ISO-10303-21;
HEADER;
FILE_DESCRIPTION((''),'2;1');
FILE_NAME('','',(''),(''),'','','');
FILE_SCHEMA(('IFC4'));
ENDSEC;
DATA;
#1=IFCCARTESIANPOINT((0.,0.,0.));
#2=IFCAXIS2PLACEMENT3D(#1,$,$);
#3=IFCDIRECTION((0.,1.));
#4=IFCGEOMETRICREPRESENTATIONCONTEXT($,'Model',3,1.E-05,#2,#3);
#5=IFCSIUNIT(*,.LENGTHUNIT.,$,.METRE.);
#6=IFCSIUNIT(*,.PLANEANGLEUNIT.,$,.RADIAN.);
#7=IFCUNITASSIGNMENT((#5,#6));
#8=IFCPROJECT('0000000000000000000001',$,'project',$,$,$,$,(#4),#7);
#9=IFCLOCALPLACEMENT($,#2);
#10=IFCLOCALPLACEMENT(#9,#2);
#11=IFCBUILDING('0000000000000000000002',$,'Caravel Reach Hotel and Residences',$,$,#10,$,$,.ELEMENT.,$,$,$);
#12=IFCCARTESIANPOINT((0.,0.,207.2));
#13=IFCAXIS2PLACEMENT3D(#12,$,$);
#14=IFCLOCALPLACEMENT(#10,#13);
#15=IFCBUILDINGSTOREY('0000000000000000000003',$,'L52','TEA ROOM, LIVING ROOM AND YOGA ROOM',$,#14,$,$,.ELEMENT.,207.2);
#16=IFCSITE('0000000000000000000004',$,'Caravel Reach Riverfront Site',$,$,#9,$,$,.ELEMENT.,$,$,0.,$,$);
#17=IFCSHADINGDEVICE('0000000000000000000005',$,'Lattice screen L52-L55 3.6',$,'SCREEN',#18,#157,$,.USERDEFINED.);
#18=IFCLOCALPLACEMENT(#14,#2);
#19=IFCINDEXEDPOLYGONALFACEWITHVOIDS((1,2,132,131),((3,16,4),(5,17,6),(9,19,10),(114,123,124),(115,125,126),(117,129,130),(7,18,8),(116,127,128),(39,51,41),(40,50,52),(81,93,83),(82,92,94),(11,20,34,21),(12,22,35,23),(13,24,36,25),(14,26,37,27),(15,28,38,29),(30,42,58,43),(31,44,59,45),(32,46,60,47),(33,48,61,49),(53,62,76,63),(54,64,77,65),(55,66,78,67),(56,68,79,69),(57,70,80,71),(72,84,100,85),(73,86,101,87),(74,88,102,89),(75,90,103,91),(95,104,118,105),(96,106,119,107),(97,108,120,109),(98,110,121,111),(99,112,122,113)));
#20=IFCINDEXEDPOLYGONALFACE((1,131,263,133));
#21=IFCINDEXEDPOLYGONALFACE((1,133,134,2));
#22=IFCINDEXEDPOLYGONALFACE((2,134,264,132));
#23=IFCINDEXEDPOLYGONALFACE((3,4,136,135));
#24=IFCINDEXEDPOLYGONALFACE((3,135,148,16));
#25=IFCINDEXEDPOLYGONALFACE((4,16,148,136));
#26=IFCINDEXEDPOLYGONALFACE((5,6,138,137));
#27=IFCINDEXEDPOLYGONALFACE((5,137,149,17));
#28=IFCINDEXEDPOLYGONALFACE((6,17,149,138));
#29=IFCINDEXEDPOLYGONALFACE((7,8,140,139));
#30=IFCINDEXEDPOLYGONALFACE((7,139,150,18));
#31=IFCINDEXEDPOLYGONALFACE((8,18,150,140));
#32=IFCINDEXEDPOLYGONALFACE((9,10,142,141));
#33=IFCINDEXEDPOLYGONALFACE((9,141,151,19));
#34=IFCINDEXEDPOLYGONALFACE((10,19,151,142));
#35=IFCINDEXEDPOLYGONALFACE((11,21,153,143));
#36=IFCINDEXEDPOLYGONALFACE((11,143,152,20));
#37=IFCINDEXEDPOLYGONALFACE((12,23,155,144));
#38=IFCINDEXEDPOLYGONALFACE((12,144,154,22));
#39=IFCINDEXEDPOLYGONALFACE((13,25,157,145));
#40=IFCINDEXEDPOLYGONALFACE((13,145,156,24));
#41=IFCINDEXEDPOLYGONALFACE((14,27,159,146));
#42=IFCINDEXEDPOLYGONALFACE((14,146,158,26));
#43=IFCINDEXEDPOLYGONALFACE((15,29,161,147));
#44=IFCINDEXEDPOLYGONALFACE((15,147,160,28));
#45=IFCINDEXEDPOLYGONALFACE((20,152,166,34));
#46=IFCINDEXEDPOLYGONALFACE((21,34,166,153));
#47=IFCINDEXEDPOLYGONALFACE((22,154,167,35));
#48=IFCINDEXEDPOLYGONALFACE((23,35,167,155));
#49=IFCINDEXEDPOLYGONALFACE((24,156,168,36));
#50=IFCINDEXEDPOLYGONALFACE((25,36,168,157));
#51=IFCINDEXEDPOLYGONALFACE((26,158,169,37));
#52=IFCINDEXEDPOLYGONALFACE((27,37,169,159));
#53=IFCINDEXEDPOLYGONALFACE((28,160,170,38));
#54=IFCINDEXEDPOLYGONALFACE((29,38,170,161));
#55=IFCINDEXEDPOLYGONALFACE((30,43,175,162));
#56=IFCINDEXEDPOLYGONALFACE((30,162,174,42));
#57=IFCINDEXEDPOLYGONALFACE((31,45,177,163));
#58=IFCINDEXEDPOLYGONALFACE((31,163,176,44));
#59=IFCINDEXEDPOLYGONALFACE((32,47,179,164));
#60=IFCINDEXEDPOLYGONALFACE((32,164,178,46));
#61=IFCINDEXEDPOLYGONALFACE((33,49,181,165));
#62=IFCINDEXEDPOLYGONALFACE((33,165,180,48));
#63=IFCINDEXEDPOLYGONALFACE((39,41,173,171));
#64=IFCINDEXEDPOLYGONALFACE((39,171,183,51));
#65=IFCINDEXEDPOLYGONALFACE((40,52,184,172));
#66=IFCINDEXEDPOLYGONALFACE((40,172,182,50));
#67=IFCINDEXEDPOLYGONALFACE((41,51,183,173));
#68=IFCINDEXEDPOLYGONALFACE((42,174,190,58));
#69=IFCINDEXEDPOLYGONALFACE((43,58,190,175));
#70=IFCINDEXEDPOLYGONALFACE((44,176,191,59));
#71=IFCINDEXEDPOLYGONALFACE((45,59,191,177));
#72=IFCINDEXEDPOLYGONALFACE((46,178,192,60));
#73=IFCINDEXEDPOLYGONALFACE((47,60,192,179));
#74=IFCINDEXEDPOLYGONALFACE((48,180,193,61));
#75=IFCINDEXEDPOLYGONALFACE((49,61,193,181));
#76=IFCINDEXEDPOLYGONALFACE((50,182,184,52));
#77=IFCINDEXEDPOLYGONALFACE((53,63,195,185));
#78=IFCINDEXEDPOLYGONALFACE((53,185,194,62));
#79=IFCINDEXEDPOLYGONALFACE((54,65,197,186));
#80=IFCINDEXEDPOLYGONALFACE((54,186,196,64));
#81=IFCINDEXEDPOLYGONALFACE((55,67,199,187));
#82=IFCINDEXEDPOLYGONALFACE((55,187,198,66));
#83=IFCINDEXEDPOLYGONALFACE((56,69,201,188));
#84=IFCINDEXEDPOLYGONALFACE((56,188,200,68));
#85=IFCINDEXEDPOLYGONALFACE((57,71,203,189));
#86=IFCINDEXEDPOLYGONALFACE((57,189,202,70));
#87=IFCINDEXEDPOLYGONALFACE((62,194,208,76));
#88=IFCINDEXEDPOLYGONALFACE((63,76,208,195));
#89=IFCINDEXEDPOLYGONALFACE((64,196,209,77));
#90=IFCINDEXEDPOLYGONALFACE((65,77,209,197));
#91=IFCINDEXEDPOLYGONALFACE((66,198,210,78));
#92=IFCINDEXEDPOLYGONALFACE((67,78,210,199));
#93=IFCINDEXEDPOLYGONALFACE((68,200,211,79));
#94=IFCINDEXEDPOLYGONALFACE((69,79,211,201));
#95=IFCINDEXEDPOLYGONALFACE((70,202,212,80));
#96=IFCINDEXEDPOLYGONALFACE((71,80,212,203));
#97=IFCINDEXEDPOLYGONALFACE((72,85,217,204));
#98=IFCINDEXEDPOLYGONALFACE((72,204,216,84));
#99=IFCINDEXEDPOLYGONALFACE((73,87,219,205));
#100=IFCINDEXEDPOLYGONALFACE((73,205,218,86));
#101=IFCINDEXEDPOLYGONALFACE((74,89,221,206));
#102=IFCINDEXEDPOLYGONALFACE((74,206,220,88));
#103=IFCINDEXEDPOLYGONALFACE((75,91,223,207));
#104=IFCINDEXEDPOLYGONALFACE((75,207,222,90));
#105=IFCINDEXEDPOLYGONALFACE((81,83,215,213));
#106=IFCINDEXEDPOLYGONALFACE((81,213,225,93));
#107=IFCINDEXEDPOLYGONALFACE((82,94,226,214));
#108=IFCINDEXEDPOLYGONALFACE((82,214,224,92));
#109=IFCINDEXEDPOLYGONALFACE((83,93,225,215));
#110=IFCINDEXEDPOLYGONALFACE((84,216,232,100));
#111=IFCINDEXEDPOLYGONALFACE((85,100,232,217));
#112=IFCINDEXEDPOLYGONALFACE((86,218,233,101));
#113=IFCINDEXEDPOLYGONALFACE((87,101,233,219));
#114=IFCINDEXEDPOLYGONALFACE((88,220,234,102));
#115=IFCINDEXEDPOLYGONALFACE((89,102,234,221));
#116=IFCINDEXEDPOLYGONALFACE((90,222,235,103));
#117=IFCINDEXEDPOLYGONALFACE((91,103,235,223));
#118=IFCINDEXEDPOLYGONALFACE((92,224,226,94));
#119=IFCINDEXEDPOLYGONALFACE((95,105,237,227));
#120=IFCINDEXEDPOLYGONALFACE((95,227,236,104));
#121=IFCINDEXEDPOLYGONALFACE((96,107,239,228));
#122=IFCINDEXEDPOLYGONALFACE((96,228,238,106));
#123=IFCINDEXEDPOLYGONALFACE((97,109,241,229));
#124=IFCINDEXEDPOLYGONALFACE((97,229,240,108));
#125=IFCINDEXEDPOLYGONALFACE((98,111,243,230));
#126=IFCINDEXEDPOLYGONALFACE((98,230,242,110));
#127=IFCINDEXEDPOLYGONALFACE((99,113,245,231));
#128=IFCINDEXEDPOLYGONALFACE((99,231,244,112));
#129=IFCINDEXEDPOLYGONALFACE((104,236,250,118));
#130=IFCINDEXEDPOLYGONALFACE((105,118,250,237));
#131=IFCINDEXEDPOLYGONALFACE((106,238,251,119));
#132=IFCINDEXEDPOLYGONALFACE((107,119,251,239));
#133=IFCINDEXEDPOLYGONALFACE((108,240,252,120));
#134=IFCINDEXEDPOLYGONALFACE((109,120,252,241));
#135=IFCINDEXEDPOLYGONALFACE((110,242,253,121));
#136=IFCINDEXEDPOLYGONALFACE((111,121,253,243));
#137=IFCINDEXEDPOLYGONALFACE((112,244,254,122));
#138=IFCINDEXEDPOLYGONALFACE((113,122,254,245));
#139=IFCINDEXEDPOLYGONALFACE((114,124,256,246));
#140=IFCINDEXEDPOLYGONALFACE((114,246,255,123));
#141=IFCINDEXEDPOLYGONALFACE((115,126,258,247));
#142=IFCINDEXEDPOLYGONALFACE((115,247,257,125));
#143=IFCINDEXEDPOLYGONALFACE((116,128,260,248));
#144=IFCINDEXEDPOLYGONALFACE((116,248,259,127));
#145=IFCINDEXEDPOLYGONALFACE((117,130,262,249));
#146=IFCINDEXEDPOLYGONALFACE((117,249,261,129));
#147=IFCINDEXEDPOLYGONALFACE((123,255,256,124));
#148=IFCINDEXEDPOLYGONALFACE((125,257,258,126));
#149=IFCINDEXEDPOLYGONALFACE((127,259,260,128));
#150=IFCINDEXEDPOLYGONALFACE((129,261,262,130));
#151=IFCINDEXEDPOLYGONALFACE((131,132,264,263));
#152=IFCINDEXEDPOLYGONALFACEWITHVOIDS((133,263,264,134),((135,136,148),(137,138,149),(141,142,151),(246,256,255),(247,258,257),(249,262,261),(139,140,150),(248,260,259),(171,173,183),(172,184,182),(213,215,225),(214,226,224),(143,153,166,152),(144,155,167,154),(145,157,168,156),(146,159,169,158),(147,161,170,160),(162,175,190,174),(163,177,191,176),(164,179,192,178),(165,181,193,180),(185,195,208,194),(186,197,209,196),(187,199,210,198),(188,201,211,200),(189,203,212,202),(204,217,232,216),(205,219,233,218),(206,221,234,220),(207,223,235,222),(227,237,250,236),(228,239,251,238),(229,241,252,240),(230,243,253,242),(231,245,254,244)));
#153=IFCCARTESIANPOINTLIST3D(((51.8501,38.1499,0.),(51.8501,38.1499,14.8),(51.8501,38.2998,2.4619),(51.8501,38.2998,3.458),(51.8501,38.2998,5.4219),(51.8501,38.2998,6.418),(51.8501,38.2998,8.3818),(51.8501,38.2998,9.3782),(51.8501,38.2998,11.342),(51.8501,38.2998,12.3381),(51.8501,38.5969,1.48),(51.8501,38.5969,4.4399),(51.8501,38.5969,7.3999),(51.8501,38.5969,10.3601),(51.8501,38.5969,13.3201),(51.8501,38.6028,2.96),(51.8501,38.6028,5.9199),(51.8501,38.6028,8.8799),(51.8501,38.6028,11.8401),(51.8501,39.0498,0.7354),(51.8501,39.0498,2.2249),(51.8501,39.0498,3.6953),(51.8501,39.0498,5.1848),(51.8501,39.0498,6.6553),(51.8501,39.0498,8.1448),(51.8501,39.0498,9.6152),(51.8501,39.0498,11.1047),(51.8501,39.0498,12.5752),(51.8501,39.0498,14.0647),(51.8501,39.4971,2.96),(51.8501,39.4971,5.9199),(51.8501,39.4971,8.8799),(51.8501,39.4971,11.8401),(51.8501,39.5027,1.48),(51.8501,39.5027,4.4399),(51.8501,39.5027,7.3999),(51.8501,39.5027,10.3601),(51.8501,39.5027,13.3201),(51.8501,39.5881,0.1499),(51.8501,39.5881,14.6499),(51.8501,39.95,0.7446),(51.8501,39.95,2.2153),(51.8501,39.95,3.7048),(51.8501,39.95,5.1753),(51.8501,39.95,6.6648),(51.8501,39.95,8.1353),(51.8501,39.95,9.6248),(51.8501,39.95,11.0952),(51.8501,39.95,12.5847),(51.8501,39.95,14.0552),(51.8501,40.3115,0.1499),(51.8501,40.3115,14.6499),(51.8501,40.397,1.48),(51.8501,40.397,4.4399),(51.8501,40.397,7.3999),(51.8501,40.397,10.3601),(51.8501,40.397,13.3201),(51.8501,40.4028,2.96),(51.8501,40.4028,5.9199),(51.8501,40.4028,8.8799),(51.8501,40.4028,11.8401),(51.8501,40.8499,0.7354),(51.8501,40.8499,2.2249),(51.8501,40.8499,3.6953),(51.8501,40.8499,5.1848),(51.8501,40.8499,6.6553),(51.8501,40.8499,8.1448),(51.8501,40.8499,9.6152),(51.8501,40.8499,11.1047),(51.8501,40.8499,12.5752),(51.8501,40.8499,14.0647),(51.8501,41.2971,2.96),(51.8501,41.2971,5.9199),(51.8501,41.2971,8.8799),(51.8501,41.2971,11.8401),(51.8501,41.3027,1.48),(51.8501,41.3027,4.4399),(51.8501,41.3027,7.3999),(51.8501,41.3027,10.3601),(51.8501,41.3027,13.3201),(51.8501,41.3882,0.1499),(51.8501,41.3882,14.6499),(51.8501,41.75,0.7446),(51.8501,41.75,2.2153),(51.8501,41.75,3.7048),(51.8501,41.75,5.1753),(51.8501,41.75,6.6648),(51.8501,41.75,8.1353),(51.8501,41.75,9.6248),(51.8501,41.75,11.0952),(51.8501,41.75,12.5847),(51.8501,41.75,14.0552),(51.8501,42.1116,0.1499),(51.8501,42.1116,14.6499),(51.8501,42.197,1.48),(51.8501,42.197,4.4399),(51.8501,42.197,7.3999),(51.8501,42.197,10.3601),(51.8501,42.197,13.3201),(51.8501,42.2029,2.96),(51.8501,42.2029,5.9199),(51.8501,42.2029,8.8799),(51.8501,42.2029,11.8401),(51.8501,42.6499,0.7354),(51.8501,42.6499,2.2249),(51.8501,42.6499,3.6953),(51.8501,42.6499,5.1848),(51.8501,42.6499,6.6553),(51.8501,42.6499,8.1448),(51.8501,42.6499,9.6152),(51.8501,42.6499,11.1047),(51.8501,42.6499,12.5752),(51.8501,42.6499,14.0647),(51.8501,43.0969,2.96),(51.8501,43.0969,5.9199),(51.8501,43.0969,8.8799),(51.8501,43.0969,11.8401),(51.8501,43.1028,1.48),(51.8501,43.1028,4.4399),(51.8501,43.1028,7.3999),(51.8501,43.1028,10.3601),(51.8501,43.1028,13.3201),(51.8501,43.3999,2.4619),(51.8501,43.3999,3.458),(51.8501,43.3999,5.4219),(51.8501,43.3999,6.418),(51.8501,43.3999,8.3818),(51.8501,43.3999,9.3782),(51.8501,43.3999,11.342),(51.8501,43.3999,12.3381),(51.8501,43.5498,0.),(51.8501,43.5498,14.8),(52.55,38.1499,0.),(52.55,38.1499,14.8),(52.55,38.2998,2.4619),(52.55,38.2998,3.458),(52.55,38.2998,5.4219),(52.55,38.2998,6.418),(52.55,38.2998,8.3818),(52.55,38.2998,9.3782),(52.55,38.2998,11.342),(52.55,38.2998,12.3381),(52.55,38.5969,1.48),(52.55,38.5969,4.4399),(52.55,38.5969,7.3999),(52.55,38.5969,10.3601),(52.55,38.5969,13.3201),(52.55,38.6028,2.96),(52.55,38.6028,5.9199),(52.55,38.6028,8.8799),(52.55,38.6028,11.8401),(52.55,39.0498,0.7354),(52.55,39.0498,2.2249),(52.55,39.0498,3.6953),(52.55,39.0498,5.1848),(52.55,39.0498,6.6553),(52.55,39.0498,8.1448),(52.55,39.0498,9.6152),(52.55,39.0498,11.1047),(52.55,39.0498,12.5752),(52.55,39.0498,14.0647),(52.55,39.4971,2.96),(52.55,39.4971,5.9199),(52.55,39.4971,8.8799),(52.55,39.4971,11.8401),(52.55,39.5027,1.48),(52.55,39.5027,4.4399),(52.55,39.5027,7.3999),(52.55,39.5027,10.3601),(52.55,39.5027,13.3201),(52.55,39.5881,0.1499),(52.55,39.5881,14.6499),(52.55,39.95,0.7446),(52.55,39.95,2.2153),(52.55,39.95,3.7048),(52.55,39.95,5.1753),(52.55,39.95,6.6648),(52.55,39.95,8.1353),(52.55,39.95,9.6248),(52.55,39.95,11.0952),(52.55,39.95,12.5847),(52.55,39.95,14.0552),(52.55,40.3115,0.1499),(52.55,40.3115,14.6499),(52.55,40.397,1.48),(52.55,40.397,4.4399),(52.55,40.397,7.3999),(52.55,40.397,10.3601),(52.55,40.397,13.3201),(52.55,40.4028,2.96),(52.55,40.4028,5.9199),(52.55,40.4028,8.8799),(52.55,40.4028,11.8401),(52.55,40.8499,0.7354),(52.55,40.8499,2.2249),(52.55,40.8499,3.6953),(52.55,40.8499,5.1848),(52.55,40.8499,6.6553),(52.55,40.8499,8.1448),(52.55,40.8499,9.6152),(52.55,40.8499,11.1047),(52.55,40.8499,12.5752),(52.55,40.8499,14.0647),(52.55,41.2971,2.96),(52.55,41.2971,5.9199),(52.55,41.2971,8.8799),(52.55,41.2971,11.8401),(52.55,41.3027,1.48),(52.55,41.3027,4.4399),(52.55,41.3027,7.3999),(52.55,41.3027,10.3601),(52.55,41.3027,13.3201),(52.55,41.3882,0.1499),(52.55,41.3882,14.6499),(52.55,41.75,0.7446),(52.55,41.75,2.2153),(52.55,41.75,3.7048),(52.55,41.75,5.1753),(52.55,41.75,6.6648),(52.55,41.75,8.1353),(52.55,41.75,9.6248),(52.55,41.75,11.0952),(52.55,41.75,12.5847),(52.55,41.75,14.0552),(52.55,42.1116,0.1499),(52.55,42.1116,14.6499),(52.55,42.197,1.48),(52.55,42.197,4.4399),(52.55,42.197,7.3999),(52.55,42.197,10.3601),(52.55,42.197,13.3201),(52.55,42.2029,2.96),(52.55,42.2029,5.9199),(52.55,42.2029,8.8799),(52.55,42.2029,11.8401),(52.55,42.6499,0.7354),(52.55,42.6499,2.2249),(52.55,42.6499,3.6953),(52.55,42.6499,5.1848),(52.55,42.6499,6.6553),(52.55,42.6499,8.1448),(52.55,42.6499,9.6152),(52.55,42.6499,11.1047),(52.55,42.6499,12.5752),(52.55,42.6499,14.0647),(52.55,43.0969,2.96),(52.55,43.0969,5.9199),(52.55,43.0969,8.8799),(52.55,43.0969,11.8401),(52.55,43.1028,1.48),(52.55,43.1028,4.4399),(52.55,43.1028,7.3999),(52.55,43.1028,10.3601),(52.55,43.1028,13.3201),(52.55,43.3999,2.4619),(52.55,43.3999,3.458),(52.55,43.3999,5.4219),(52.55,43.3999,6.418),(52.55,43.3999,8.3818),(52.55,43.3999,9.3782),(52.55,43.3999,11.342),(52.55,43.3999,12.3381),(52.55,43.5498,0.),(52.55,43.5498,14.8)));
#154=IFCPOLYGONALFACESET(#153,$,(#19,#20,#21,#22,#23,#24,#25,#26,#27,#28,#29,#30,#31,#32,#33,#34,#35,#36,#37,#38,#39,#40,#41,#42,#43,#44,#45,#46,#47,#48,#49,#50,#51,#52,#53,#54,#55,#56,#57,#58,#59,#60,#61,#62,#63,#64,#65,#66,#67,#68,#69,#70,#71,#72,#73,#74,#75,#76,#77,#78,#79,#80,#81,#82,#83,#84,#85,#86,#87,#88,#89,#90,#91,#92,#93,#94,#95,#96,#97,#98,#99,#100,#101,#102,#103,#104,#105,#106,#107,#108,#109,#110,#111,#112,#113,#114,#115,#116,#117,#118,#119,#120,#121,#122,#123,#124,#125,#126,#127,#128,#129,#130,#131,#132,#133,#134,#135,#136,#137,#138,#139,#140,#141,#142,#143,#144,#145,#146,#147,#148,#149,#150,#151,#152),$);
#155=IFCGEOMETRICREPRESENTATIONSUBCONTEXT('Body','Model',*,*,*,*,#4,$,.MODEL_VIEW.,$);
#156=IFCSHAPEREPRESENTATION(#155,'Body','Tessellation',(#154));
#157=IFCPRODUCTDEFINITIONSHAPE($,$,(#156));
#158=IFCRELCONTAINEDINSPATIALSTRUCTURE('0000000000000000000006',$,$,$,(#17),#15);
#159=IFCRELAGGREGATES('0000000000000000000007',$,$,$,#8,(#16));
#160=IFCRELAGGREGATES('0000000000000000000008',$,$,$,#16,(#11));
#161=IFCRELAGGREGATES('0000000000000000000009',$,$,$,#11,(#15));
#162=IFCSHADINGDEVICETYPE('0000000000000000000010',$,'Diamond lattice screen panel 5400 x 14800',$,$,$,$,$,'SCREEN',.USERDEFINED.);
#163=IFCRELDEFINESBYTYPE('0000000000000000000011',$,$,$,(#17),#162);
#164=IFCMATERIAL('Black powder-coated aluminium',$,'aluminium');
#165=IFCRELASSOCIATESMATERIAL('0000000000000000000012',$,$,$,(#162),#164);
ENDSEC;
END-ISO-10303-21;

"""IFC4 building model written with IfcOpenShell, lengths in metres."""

from ifc_helpers import new_model, si_unit, direction, frame, origin, place, context, subcontext, project, spatial, polyline, outline, extrude, material, type_object, element, save


model = new_model("IFC4")

# Units and contexts
model_context = context("Model", 3, precision=1e-05, world=origin(), true_north=direction((0.0, 1.0)))
body_context = subcontext(model_context, "Body", "Model", "MODEL_VIEW")
ifc_project = project(units=[si_unit("LENGTHUNIT", "METRE"), si_unit("PLANEANGLEUNIT", "RADIAN")], contexts=[model_context])

# Site, building, storey
site_placement = place(None, origin())
site = spatial("IfcSite", under=ifc_project, at=site_placement, Name="Caravel Reach Riverfront Site", CompositionType="ELEMENT", RefElevation=0.0)
building_placement = place(site_placement, origin())
building = spatial("IfcBuilding", under=site, at=building_placement, Name="Caravel Reach Hotel and Residences", CompositionType="ELEMENT")
storey_placement = place(building_placement, frame((0.0, 0.0, 207.2)))
storey = spatial("IfcBuildingStorey", under=building, at=storey_placement, Name="L52", Description="TEA ROOM, LIVING ROOM AND YOGA ROOM", CompositionType="ELEMENT", Elevation=207.2)

# Shading device
ifc_material_1 = material(Name="Black powder-coated aluminium", Category="aluminium")
shading_device_type_1 = type_object("IfcShadingDeviceType", Name="Diamond lattice screen panel 5400 x 14800", ElementType="SCREEN", PredefinedType="USERDEFINED", material=ifc_material_1)
shading_device_1_placement = place(storey_placement, frame((51.8501, 38.1499, 0.0), z_axis=(1.0, 0.0, 0.0), x_axis=(0.0, 1.0, 0.0)))
element("IfcShadingDevice", 1, at=shading_device_1_placement, inside=storey, type_object=shading_device_type_1, Name="Lattice screen L52-L55 3.6", ObjectType="SCREEN", PredefinedType="USERDEFINED", context=body_context, shape_type="SweptSolid", body=[
    extrude(outline(polyline([(0.0, 0.0), (5.3999, 0.0), (5.3999, 14.8), (0.0, 14.8), (0.0, 0.0)]), holes=[polyline([(0.4529, 2.96), (0.1499, 3.458), (0.1499, 2.4619), (0.4529, 2.96)]), polyline([(0.4529, 5.9199), (0.1499, 6.418), (0.1499, 5.4219), (0.4529, 5.9199)]), polyline([(0.4529, 8.8799), (0.1499, 9.3782), (0.1499, 8.3818), (0.4529, 8.8799)]), polyline([(0.4529, 11.8401), (0.1499, 12.3381), (0.1499, 11.342), (0.4529, 11.8401)]), polyline([(0.8999, 2.2249), (0.447, 1.48), (0.8999, 0.7354), (1.3528, 1.48), (0.8999, 2.2249)]), polyline([(0.8999, 5.1848), (0.447, 4.4399), (0.8999, 3.6953), (1.3528, 4.4399), (0.8999, 5.1848)]), polyline([(0.8999, 8.1448), (0.447, 7.3999), (0.8999, 6.6553), (1.3528, 7.3999), (0.8999, 8.1448)]), polyline([(0.8999, 11.1047), (0.447, 10.3601), (0.8999, 9.6152), (1.3528, 10.3601), (0.8999, 11.1047)]), polyline([(0.8999, 14.0647), (0.447, 13.3201), (0.8999, 12.5752), (1.3528, 13.3201), (0.8999, 14.0647)]), polyline([(1.8, 0.7446), (1.4382, 0.1499), (2.1616, 0.1499), (1.8, 0.7446)]), polyline([(1.8, 3.7048), (1.3472, 2.96), (1.8, 2.2153), (2.2529, 2.96), (1.8, 3.7048)]), polyline([(1.8, 6.6648), (1.3472, 5.9199), (1.8, 5.1753), (2.2529, 5.9199), (1.8, 6.6648)]), polyline([(1.8, 9.6248), (1.3472, 8.8799), (1.8, 8.1353), (2.2529, 8.8799), (1.8, 9.6248)]), polyline([(1.8, 12.5847), (1.3472, 11.8401), (1.8, 11.0952), (2.2529, 11.8401), (1.8, 12.5847)]), polyline([(1.8, 14.0552), (2.1616, 14.6499), (1.4382, 14.6499), (1.8, 14.0552)]), polyline([(2.7, 2.2249), (2.2471, 1.48), (2.7, 0.7354), (3.1528, 1.48), (2.7, 2.2249)]), polyline([(2.7, 5.1848), (2.2471, 4.4399), (2.7, 3.6953), (3.1528, 4.4399), (2.7, 5.1848)]), polyline([(2.7, 8.1448), (2.2471, 7.3999), (2.7, 6.6553), (3.1528, 7.3999), (2.7, 8.1448)]), polyline([(2.7, 11.1047), (2.2471, 10.3601), (2.7, 9.6152), (3.1528, 10.3601), (2.7, 11.1047)]), polyline([(2.7, 14.0647), (2.2471, 13.3201), (2.7, 12.5752), (3.1528, 13.3201), (2.7, 14.0647)]), polyline([(3.6001, 0.7446), (3.2383, 0.1499), (3.9617, 0.1499), (3.6001, 0.7446)]), polyline([(3.6001, 3.7048), (3.1472, 2.96), (3.6001, 2.2153), (4.053, 2.96), (3.6001, 3.7048)]), polyline([(3.6001, 6.6648), (3.1472, 5.9199), (3.6001, 5.1753), (4.053, 5.9199), (3.6001, 6.6648)]), polyline([(3.6001, 9.6248), (3.1472, 8.8799), (3.6001, 8.1353), (4.053, 8.8799), (3.6001, 9.6248)]), polyline([(3.6001, 12.5847), (3.1472, 11.8401), (3.6001, 11.0952), (4.053, 11.8401), (3.6001, 12.5847)]), polyline([(3.6001, 14.0552), (3.9617, 14.6499), (3.2383, 14.6499), (3.6001, 14.0552)]), polyline([(4.5, 2.2249), (4.0471, 1.48), (4.5, 0.7354), (4.9529, 1.48), (4.5, 2.2249)]), polyline([(4.5, 5.1848), (4.0471, 4.4399), (4.5, 3.6953), (4.9529, 4.4399), (4.5, 5.1848)]), polyline([(4.5, 8.1448), (4.0471, 7.3999), (4.5, 6.6553), (4.9529, 7.3999), (4.5, 8.1448)]), polyline([(4.5, 11.1047), (4.0471, 10.3601), (4.5, 9.6152), (4.9529, 10.3601), (4.5, 11.1047)]), polyline([(4.5, 14.0647), (4.0471, 13.3201), (4.5, 12.5752), (4.9529, 13.3201), (4.5, 14.0647)]), polyline([(4.947, 2.96), (5.25, 2.4619), (5.25, 3.458), (4.947, 2.96)]), polyline([(4.947, 5.9199), (5.25, 5.4219), (5.25, 6.418), (4.947, 5.9199)]), polyline([(4.947, 8.8799), (5.25, 8.3818), (5.25, 9.3782), (4.947, 8.8799)]), polyline([(4.947, 11.8401), (5.25, 11.342), (5.25, 12.3381), (4.947, 11.8401)])]), origin(), (0.0, 0.0, 1.0), 0.7),
])

save(model, "model.ifc")
